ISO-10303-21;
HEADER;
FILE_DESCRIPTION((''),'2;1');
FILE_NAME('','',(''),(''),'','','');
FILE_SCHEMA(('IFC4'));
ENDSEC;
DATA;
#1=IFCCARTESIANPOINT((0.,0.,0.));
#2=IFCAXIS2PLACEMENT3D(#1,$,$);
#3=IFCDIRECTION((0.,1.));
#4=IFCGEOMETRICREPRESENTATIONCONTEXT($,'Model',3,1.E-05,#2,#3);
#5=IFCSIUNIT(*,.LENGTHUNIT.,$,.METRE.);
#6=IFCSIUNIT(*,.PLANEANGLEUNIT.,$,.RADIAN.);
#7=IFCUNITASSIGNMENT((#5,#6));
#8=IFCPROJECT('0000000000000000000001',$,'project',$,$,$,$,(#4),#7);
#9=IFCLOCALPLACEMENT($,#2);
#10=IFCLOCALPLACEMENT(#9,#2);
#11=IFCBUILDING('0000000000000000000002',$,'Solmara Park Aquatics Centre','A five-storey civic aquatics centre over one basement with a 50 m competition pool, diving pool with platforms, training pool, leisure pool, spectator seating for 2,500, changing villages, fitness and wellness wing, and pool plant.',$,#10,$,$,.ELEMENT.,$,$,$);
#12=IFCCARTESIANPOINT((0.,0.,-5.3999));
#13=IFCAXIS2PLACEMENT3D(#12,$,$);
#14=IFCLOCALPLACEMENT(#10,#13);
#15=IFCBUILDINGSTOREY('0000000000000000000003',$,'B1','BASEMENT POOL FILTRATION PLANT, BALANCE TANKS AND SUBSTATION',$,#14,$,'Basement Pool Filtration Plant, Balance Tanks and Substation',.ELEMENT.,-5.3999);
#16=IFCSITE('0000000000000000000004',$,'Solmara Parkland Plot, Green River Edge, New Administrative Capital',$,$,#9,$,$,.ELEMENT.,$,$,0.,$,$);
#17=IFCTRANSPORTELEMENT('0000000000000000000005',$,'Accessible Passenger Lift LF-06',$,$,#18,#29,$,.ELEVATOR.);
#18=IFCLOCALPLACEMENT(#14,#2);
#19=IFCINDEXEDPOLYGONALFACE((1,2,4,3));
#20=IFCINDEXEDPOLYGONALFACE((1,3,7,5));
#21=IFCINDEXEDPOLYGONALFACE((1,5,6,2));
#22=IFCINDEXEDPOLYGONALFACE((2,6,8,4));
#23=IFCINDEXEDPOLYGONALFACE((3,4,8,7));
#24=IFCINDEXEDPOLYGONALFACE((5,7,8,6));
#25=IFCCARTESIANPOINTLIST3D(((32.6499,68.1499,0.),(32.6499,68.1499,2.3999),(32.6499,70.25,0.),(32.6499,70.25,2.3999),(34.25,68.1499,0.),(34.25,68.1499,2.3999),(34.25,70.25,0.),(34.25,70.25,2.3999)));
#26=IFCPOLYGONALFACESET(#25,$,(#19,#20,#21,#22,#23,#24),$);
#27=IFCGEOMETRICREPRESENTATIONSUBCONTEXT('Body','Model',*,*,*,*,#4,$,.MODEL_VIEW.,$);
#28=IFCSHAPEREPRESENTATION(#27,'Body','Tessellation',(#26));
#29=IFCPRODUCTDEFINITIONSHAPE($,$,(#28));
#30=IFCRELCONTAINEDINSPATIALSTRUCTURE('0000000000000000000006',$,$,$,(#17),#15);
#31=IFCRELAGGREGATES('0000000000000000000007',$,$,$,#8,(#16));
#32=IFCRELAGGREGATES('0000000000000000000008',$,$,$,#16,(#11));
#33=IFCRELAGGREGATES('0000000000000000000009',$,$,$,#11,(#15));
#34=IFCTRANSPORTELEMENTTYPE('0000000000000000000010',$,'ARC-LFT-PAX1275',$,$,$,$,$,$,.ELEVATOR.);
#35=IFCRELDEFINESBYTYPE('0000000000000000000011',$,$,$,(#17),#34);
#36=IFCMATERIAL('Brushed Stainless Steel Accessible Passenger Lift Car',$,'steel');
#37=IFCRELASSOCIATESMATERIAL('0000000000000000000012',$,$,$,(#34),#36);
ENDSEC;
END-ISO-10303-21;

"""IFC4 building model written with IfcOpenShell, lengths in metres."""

from ifc_helpers import new_model, si_unit, direction, frame, origin, origin_2d, place, context, subcontext, project, spatial, rectangle, extrude, material, type_object, element, save


model = new_model("IFC4")

# Units and contexts
model_context = context("Model", 3, precision=1e-05, world=origin(), true_north=direction((0.0, 1.0)))
body_context = subcontext(model_context, "Body", "Model", "MODEL_VIEW")
ifc_project = project(units=[si_unit("LENGTHUNIT", "METRE"), si_unit("PLANEANGLEUNIT", "RADIAN")], contexts=[model_context])

# Site, building, storey
site_placement = place(None, origin())
site = spatial("IfcSite", under=ifc_project, at=site_placement, Name="Solmara Parkland Plot, Green River Edge, New Administrative Capital", CompositionType="ELEMENT", RefElevation=0.0)
building_placement = place(site_placement, origin())
building = spatial("IfcBuilding", under=site, at=building_placement, Name="Solmara Park Aquatics Centre", Description="A five-storey civic aquatics centre over one basement with a 50 m competition pool, diving pool with platforms, training pool, leisure pool, spectator seating for 2,500, changing villages, fitness and wellness wing, and pool plant.", CompositionType="ELEMENT")
storey_placement = place(building_placement, frame((0.0, 0.0, -5.3999)))
storey = spatial("IfcBuildingStorey", under=building, at=storey_placement, Name="B1", Description="BASEMENT POOL FILTRATION PLANT, BALANCE TANKS AND SUBSTATION", LongName="Basement Pool Filtration Plant, Balance Tanks and Substation", CompositionType="ELEMENT", Elevation=-5.3999)

# Transport element
ifc_material_1 = material(Name="Brushed Stainless Steel Accessible Passenger Lift Car", Category="steel")
transport_element_type = type_object("IfcTransportElementType", Name="ARC-LFT-PAX1275", PredefinedType="ELEVATOR", material=ifc_material_1)
transport_element_placement = place(storey_placement, frame((33.45, 69.2, 0.0), z_axis=(0.0, 0.0, 1.0), x_axis=(1.0, 0.0, 0.0)))
element("IfcTransportElement", 1, at=transport_element_placement, inside=storey, type_object=transport_element_type, Name="Accessible Passenger Lift LF-06", PredefinedType="ELEVATOR", context=body_context, shape_type="SweptSolid", body=[
    extrude(rectangle(XDim=1.6001, YDim=2.1001, at=origin_2d()), origin(), (0.0, 0.0, 1.0), 2.3999),
])

save(model, "model.ifc")
